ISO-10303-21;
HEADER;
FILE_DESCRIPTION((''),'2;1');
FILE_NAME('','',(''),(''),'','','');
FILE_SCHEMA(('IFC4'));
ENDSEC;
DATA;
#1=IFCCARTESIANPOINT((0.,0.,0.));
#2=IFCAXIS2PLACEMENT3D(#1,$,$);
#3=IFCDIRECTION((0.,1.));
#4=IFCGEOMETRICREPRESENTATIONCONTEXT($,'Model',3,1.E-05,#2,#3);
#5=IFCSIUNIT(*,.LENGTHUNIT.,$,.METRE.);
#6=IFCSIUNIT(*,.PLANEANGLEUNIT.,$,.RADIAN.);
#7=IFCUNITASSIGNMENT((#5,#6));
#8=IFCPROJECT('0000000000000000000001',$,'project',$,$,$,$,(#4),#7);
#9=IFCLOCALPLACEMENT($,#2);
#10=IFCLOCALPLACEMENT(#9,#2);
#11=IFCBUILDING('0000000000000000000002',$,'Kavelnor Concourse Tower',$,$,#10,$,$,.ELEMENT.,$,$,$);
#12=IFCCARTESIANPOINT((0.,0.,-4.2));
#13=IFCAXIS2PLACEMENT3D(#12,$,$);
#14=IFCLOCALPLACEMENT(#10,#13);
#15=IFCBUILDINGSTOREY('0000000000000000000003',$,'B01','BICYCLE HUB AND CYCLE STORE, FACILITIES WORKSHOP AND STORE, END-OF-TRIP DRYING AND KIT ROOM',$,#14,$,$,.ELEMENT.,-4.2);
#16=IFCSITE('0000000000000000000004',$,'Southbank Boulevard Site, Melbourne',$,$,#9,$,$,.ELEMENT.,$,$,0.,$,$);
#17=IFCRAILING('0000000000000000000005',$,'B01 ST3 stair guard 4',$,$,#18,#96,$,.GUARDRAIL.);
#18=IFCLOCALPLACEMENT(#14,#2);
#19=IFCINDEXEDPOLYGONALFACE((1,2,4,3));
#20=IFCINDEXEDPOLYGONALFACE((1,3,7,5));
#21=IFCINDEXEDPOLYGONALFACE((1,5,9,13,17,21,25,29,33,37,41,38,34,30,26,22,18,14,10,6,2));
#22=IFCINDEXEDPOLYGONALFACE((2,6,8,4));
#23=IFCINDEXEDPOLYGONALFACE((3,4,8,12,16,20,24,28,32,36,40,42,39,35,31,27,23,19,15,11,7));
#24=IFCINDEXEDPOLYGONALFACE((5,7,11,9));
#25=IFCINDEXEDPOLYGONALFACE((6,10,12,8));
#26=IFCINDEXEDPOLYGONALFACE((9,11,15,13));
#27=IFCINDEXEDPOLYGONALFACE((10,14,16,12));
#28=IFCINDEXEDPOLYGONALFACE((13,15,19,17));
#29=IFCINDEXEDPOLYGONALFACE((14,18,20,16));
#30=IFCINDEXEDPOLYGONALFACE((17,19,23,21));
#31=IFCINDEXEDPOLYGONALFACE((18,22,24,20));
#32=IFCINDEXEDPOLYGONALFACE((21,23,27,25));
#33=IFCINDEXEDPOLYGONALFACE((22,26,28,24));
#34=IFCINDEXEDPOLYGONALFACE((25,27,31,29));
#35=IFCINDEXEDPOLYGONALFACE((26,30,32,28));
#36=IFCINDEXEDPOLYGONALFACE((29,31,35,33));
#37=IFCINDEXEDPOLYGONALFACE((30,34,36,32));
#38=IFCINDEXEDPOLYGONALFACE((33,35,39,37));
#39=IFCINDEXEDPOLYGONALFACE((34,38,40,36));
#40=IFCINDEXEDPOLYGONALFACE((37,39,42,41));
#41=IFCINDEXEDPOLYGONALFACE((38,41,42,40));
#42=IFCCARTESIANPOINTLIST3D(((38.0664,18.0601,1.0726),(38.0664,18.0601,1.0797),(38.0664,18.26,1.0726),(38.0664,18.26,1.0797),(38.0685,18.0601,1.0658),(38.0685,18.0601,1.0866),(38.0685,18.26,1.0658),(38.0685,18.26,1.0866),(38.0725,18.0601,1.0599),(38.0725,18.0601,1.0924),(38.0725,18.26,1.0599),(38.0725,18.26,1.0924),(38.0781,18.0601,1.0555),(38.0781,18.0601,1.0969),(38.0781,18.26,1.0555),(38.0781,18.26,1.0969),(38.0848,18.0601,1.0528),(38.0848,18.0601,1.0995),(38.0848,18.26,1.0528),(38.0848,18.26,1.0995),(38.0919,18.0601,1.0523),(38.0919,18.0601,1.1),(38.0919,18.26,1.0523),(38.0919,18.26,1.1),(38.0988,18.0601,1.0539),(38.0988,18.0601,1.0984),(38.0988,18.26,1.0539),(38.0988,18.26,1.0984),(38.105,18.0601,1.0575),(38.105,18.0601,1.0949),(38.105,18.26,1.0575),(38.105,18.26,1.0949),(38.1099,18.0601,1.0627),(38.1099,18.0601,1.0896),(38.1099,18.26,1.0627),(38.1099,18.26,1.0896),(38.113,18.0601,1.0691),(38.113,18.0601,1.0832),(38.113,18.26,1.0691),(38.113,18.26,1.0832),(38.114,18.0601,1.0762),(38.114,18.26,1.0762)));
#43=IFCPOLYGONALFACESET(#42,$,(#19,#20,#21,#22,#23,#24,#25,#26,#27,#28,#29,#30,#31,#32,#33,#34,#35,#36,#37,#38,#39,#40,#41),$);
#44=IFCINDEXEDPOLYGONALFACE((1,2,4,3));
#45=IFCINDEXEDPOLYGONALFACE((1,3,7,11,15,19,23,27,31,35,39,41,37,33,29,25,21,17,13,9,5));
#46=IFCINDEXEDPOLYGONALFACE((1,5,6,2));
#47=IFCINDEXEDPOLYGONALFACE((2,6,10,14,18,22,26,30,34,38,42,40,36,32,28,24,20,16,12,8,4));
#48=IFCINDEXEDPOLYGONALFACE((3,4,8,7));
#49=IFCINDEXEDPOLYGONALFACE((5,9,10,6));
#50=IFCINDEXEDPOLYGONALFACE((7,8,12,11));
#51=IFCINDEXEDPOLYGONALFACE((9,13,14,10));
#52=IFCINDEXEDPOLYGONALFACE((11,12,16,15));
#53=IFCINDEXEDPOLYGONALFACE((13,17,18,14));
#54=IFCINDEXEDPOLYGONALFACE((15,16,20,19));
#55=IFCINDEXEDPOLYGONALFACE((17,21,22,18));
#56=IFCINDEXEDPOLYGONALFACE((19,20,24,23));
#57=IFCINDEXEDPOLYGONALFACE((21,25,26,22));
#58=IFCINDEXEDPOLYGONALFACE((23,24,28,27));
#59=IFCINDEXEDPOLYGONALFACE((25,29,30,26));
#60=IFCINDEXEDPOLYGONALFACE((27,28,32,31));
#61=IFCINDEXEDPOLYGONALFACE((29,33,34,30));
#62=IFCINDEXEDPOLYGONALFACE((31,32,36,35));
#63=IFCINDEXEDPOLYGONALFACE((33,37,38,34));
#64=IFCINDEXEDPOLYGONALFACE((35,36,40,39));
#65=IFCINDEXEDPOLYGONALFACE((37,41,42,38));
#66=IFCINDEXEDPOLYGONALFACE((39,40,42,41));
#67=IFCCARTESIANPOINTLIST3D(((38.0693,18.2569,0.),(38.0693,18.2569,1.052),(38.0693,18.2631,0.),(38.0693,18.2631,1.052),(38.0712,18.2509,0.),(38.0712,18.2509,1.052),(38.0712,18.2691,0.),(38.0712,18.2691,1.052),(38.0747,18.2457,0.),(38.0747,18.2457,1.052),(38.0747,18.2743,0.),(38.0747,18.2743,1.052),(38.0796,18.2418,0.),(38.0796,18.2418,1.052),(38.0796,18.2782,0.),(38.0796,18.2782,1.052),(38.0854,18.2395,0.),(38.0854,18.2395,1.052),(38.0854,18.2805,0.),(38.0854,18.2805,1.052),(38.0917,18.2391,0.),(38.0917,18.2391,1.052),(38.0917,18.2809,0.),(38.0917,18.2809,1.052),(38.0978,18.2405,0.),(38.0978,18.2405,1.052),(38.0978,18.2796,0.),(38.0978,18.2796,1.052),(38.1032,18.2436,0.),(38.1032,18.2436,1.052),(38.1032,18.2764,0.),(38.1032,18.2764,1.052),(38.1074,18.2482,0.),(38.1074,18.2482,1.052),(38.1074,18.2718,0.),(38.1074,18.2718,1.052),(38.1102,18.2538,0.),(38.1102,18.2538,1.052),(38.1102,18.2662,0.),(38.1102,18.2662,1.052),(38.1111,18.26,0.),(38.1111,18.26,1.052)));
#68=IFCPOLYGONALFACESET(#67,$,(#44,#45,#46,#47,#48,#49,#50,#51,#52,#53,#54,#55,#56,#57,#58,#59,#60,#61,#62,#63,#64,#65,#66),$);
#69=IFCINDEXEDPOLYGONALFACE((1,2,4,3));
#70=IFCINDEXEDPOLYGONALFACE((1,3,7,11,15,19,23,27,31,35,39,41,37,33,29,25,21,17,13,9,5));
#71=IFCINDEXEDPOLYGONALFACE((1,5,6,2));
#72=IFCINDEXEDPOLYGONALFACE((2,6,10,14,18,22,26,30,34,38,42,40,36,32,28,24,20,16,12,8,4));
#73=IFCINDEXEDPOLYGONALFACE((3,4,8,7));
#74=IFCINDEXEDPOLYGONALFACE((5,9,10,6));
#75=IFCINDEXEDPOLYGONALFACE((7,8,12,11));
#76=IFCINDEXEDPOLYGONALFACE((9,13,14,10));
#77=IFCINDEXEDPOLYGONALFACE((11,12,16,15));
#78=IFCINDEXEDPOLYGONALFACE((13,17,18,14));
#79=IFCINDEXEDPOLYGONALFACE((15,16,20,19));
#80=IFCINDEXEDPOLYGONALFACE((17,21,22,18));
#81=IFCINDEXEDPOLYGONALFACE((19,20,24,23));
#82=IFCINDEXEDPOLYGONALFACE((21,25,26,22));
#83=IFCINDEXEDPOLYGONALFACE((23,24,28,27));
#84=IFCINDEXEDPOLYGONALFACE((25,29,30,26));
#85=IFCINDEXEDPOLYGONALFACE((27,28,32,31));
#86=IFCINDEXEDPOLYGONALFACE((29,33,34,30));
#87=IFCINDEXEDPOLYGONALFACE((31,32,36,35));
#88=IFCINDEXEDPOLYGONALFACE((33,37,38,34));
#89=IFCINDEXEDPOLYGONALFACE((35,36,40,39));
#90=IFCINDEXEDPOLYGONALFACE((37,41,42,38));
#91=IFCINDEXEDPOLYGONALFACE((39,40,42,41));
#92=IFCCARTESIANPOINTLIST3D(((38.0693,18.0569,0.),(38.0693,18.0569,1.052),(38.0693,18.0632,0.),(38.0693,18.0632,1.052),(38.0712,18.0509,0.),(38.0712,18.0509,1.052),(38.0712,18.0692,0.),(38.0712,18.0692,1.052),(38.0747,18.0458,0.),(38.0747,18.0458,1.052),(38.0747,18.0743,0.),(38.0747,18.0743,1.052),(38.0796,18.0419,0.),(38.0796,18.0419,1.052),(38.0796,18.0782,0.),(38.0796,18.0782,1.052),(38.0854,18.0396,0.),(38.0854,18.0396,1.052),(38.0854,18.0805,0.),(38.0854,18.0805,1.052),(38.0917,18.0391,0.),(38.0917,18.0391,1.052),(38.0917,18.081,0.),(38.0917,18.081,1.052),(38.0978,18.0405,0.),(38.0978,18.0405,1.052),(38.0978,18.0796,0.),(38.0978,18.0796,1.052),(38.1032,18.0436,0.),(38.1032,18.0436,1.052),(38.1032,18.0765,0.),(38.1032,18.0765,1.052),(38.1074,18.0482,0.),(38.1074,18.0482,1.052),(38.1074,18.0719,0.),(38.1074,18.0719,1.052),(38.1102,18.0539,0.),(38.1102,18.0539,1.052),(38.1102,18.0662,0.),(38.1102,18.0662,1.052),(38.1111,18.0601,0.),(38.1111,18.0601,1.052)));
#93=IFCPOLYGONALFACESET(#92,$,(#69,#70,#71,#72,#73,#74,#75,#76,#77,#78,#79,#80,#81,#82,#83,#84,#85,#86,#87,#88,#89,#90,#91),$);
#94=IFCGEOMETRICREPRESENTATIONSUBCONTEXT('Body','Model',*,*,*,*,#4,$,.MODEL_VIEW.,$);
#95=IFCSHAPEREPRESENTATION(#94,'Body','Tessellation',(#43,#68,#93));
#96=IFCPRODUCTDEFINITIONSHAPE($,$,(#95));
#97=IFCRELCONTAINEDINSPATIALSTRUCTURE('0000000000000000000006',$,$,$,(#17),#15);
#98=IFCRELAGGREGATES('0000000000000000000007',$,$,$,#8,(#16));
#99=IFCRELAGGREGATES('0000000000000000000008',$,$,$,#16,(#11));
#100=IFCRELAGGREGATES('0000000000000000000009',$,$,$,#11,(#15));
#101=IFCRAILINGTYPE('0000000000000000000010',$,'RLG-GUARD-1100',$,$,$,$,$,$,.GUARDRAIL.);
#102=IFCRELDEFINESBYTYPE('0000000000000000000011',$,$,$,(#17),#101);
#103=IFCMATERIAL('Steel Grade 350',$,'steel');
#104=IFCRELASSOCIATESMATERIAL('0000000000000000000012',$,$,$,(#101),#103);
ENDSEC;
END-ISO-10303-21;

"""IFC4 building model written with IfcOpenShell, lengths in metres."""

from ifc_helpers import new_model, si_unit, direction, frame, origin, origin_2d, place, context, subcontext, project, spatial, circle, extrude, material, type_object, element, save


model = new_model("IFC4")

# Units and contexts
model_context = context("Model", 3, precision=1e-05, world=origin(), true_north=direction((0.0, 1.0)))
body_context = subcontext(model_context, "Body", "Model", "MODEL_VIEW")
ifc_project = project(units=[si_unit("LENGTHUNIT", "METRE"), si_unit("PLANEANGLEUNIT", "RADIAN")], contexts=[model_context])

# Site, building, storey
site_placement = place(None, origin())
site = spatial("IfcSite", under=ifc_project, at=site_placement, Name="Southbank Boulevard Site, Melbourne", CompositionType="ELEMENT", RefElevation=0.0)
building_placement = place(site_placement, origin())
building = spatial("IfcBuilding", under=site, at=building_placement, Name="Kavelnor Concourse Tower", CompositionType="ELEMENT")
storey_placement = place(building_placement, frame((0.0, 0.0, -4.2)))
storey = spatial("IfcBuildingStorey", under=building, at=storey_placement, Name="B01", Description="BICYCLE HUB AND CYCLE STORE, FACILITIES WORKSHOP AND STORE, END-OF-TRIP DRYING AND KIT ROOM", CompositionType="ELEMENT", Elevation=-4.2)

# Shared definitions
ifc_material_1 = material(Name="Steel Grade 350", Category="steel")

# Railing
railing_type_1 = type_object("IfcRailingType", Name="RLG-GUARD-1100", PredefinedType="GUARDRAIL", material=ifc_material_1)
railing_1_placement = place(storey_placement, frame((38.0901, 18.26, 0.0)))
element("IfcRailing", 1, at=railing_1_placement, inside=storey, type_object=railing_type_1, Name="B01 ST3 stair guard 4", PredefinedType="GUARDRAIL", context=body_context, shape_type="SweptSolid", body=[
    extrude(circle(Radius=0.0239, at=origin_2d()), frame((0.0, 0.0, 1.0762), z_axis=(0.0, -1.0, 0.0), x_axis=(1.0, 0.0, 0.0)), (0.0, 0.0, 1.0), 0.2),
    extrude(circle(Radius=0.021, at=origin_2d()), origin(), (0.0, 0.0, 1.0), 1.052),
    extrude(circle(Radius=0.021, at=origin_2d()), frame((0.0, -0.2, 0.0)), (0.0, 0.0, 1.0), 1.052),
])

save(model, "model.ifc")
